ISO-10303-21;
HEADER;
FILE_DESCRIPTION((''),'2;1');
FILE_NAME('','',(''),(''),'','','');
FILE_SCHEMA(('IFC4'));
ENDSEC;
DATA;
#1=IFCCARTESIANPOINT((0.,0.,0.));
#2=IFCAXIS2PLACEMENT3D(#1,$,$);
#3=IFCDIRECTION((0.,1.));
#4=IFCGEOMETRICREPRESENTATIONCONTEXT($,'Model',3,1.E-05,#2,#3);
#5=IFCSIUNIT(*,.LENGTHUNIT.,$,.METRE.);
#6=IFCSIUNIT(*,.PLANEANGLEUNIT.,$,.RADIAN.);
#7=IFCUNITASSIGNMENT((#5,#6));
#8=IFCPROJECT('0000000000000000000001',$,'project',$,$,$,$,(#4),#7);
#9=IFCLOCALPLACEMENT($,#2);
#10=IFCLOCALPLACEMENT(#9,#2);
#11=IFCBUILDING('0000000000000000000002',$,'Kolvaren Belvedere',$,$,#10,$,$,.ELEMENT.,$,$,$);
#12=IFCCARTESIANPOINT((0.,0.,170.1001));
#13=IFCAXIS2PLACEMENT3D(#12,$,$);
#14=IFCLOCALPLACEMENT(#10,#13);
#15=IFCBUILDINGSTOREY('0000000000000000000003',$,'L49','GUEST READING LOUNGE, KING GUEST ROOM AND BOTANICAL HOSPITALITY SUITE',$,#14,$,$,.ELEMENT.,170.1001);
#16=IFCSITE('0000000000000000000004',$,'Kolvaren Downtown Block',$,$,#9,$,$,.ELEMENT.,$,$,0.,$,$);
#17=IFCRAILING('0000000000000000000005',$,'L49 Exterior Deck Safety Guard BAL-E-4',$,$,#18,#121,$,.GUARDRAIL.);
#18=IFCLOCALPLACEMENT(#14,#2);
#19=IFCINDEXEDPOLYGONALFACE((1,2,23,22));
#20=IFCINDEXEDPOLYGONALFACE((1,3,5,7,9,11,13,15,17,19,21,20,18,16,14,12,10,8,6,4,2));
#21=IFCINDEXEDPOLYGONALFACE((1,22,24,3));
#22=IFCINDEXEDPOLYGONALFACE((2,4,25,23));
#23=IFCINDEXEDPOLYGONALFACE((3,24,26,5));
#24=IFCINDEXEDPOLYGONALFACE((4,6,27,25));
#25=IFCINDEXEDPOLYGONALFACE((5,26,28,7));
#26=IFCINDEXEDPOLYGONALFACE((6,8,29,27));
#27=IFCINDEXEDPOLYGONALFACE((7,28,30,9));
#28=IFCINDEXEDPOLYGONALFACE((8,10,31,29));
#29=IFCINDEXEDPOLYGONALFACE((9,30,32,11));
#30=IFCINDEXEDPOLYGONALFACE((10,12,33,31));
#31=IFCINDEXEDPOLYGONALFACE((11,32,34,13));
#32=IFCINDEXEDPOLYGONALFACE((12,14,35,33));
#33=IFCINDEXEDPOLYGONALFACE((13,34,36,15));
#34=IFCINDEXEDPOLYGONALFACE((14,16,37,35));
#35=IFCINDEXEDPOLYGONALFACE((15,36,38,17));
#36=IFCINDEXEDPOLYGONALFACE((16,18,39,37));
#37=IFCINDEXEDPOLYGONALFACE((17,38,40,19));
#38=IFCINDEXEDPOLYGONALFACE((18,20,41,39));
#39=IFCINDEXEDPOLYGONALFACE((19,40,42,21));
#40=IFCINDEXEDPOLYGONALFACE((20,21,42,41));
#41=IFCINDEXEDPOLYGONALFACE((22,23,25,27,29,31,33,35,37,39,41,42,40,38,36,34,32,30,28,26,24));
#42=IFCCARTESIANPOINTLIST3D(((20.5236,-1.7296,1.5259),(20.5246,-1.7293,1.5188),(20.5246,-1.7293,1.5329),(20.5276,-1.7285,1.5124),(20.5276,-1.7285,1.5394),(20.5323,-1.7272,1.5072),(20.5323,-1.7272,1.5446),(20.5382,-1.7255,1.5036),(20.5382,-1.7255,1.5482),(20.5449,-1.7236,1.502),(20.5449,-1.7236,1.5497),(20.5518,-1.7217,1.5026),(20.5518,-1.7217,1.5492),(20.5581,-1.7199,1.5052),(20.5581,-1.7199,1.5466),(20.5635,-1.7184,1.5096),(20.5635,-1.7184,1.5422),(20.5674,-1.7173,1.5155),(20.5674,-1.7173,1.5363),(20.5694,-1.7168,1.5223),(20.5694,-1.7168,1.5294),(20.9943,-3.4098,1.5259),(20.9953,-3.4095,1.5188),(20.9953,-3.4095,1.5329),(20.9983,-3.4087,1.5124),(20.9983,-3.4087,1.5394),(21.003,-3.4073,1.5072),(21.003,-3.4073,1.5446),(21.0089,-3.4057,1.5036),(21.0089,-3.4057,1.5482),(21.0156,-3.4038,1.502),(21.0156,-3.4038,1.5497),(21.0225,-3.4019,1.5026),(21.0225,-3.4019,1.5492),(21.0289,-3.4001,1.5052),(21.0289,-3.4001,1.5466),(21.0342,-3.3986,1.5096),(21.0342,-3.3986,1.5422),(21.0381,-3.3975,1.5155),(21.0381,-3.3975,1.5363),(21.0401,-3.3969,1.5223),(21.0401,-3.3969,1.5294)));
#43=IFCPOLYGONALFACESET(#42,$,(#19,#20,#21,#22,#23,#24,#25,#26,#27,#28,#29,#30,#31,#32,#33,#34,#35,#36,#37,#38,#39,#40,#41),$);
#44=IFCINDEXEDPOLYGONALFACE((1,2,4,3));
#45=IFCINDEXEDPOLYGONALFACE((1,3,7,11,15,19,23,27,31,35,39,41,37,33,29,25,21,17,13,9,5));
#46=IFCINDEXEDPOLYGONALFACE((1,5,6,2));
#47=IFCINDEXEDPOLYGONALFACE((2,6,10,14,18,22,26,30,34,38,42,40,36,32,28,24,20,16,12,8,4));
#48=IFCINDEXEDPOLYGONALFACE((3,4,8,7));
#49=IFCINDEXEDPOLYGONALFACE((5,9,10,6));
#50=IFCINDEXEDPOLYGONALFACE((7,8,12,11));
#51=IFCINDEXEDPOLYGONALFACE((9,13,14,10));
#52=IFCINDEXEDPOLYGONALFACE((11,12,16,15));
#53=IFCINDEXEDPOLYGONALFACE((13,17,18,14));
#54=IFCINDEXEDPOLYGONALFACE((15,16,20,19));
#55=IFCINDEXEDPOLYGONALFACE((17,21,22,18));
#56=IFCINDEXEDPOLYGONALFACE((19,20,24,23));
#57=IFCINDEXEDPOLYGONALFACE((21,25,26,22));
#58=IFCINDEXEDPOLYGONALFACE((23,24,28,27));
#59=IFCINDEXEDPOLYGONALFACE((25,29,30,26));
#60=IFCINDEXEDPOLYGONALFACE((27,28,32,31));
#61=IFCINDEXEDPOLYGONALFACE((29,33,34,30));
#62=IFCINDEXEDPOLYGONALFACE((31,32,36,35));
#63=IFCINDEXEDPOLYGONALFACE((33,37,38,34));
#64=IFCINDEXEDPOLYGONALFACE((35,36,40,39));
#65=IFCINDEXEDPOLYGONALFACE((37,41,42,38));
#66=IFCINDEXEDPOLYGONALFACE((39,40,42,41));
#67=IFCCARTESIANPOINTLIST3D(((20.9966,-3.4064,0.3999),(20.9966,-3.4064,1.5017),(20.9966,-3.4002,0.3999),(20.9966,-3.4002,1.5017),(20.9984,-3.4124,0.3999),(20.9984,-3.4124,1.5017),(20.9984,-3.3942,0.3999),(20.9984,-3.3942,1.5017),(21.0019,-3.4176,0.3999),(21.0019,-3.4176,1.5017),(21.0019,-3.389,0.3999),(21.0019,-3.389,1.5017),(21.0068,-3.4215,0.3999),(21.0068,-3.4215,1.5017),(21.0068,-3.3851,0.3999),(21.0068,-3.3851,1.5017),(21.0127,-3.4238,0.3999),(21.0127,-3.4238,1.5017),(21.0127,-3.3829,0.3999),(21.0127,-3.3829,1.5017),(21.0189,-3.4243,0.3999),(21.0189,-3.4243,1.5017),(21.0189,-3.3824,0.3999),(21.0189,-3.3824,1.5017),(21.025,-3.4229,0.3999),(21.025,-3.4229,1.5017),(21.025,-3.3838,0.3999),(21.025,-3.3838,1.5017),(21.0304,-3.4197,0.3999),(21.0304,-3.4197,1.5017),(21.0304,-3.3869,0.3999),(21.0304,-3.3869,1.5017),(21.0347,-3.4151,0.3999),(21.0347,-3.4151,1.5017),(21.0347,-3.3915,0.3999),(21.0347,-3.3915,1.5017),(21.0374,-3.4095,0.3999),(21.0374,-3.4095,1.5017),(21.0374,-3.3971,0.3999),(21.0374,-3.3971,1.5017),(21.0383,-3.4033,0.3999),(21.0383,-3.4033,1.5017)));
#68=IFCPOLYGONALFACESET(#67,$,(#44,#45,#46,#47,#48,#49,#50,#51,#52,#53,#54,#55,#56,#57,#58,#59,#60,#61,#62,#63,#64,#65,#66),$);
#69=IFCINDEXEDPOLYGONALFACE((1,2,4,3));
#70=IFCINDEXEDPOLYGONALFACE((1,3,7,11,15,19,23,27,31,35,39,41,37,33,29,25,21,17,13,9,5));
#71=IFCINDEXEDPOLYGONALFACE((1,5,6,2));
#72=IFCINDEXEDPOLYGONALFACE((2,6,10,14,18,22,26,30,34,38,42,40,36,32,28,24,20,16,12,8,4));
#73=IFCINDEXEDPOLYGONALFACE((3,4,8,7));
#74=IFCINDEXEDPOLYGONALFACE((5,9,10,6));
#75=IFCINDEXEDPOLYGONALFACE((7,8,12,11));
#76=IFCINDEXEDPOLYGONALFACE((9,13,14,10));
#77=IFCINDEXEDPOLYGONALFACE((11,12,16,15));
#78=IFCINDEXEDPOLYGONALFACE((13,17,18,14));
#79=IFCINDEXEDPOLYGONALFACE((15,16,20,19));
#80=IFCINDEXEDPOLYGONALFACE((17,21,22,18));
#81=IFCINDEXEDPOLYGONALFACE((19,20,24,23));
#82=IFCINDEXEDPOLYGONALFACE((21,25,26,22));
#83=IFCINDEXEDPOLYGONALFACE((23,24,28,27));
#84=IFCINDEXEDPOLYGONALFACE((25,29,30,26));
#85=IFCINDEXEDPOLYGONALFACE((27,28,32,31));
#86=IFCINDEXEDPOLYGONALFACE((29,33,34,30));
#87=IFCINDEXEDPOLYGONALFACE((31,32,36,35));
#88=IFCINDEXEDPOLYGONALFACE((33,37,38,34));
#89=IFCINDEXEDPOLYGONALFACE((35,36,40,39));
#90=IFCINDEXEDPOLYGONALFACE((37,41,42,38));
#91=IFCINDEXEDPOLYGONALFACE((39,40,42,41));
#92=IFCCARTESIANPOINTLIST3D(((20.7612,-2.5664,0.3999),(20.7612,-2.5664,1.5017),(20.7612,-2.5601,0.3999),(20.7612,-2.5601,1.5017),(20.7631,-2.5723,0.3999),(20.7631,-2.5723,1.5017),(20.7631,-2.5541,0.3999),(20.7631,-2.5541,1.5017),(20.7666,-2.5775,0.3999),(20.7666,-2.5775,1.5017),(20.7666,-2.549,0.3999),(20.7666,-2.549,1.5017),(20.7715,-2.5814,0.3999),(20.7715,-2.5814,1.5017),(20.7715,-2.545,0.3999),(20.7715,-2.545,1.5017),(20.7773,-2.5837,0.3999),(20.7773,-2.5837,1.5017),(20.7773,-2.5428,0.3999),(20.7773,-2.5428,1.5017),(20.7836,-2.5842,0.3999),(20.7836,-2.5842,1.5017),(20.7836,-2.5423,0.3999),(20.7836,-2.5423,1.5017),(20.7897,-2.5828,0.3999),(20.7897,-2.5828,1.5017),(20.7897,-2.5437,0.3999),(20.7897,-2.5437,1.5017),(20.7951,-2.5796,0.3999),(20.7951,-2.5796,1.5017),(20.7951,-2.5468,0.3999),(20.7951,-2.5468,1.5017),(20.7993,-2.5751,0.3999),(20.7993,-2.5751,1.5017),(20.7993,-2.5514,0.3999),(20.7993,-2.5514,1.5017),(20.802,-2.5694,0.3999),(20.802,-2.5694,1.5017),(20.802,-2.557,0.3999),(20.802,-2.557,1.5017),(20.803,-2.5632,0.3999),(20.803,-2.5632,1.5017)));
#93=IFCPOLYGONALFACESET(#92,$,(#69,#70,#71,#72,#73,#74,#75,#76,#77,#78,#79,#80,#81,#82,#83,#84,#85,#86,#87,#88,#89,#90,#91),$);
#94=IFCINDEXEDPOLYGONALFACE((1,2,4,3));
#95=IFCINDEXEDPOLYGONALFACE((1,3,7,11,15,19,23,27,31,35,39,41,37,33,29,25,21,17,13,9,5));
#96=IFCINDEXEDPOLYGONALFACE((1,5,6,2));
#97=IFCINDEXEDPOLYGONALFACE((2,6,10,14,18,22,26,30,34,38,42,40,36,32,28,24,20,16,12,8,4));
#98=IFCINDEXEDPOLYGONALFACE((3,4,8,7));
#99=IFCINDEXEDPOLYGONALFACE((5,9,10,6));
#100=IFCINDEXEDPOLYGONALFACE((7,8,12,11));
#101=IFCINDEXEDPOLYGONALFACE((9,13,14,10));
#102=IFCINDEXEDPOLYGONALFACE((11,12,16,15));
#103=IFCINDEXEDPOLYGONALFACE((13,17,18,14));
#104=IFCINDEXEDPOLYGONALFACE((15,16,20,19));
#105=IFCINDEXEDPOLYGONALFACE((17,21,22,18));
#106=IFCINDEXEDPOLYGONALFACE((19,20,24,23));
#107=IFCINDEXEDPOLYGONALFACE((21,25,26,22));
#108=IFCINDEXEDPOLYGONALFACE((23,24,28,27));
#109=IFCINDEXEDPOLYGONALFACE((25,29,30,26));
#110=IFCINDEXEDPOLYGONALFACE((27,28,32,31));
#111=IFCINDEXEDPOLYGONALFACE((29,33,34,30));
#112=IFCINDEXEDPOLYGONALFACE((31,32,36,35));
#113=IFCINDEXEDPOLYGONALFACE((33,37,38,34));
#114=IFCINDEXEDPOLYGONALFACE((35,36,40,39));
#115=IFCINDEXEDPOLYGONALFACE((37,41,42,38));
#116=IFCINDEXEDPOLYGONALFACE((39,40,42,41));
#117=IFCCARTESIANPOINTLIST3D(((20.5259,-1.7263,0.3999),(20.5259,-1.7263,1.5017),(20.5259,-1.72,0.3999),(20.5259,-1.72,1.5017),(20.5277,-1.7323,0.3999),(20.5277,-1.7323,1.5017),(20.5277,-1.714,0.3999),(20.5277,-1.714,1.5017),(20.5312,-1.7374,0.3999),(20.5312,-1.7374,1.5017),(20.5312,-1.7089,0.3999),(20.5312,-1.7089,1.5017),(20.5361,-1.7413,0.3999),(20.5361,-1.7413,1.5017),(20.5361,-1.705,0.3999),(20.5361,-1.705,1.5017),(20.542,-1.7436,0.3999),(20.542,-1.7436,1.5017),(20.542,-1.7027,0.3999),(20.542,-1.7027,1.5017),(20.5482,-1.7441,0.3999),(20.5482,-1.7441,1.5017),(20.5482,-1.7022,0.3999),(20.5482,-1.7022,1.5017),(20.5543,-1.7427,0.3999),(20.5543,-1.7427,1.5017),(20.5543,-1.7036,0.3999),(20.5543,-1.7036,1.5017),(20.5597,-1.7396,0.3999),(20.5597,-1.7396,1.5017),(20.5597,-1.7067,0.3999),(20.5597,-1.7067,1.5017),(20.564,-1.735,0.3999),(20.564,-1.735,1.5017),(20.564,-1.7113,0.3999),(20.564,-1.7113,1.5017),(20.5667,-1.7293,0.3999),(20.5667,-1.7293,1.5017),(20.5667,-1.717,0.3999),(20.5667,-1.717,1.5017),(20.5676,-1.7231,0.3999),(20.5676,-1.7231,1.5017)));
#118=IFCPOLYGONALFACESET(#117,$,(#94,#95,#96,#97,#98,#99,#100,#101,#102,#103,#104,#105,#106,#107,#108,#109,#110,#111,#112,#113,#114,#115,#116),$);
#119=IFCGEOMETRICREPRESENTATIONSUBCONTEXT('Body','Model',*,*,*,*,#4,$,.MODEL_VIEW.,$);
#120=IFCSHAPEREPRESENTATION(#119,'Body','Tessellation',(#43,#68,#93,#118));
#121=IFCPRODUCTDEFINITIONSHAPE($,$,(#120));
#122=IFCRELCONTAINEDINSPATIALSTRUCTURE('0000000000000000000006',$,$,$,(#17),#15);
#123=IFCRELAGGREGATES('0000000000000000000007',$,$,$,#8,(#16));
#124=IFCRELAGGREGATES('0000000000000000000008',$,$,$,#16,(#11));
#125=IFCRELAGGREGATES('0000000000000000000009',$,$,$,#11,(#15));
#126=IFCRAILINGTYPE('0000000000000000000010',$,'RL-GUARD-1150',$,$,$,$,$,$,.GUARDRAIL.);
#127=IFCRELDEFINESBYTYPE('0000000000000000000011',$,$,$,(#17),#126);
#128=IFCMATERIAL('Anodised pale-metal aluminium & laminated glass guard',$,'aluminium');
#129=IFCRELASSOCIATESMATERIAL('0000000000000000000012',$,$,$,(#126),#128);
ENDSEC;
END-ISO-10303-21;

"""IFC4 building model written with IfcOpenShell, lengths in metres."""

from ifc_helpers import new_model, si_unit, direction, frame, origin, origin_2d, place, context, subcontext, project, spatial, circle, extrude, material, type_object, element, save


model = new_model("IFC4")

# Units and contexts
model_context = context("Model", 3, precision=1e-05, world=origin(), true_north=direction((0.0, 1.0)))
body_context = subcontext(model_context, "Body", "Model", "MODEL_VIEW")
ifc_project = project(units=[si_unit("LENGTHUNIT", "METRE"), si_unit("PLANEANGLEUNIT", "RADIAN")], contexts=[model_context])

# Site, building, storey
site_placement = place(None, origin())
site = spatial("IfcSite", under=ifc_project, at=site_placement, Name="Kolvaren Downtown Block", CompositionType="ELEMENT", RefElevation=0.0)
building_placement = place(site_placement, origin())
building = spatial("IfcBuilding", under=site, at=building_placement, Name="Kolvaren Belvedere", CompositionType="ELEMENT")
storey_placement = place(building_placement, frame((0.0, 0.0, 170.1001)))
storey = spatial("IfcBuildingStorey", under=building, at=storey_placement, Name="L49", Description="GUEST READING LOUNGE, KING GUEST ROOM AND BOTANICAL HOSPITALITY SUITE", CompositionType="ELEMENT", Elevation=170.1001)

# Railing
ifc_material_1 = material(Name="Anodised pale-metal aluminium & laminated glass guard", Category="aluminium")
railing_type = type_object("IfcRailingType", Name="RL-GUARD-1150", PredefinedType="GUARDRAIL", material=ifc_material_1)
railing_1_placement = place(storey_placement, frame((21.0173, -3.4033, 0.3999)))
element("IfcRailing", 1, at=railing_1_placement, inside=storey, type_object=railing_type, Name="L49 Exterior Deck Safety Guard BAL-E-4", PredefinedType="GUARDRAIL", context=body_context, shape_type="SweptSolid", body=[
    extrude(circle(Radius=0.0239, at=origin_2d()), frame((0.0, 0.0, 1.126), z_axis=(-0.269765, 0.962926, 0.0), x_axis=(-0.962926, -0.269765, 0.0)), (0.0, 0.0, 1.0), 1.7449),
    extrude(circle(Radius=0.021, at=origin_2d()), origin(), (0.0, 0.0, 1.0), 1.1018),
    extrude(circle(Radius=0.021, at=origin_2d()), frame((-0.2354, 0.8401, 0.0)), (0.0, 0.0, 1.0), 1.1018),
    extrude(circle(Radius=0.021, at=origin_2d()), frame((-0.4707, 1.6802, 0.0)), (0.0, 0.0, 1.0), 1.1018),
])

save(model, "model.ifc")
